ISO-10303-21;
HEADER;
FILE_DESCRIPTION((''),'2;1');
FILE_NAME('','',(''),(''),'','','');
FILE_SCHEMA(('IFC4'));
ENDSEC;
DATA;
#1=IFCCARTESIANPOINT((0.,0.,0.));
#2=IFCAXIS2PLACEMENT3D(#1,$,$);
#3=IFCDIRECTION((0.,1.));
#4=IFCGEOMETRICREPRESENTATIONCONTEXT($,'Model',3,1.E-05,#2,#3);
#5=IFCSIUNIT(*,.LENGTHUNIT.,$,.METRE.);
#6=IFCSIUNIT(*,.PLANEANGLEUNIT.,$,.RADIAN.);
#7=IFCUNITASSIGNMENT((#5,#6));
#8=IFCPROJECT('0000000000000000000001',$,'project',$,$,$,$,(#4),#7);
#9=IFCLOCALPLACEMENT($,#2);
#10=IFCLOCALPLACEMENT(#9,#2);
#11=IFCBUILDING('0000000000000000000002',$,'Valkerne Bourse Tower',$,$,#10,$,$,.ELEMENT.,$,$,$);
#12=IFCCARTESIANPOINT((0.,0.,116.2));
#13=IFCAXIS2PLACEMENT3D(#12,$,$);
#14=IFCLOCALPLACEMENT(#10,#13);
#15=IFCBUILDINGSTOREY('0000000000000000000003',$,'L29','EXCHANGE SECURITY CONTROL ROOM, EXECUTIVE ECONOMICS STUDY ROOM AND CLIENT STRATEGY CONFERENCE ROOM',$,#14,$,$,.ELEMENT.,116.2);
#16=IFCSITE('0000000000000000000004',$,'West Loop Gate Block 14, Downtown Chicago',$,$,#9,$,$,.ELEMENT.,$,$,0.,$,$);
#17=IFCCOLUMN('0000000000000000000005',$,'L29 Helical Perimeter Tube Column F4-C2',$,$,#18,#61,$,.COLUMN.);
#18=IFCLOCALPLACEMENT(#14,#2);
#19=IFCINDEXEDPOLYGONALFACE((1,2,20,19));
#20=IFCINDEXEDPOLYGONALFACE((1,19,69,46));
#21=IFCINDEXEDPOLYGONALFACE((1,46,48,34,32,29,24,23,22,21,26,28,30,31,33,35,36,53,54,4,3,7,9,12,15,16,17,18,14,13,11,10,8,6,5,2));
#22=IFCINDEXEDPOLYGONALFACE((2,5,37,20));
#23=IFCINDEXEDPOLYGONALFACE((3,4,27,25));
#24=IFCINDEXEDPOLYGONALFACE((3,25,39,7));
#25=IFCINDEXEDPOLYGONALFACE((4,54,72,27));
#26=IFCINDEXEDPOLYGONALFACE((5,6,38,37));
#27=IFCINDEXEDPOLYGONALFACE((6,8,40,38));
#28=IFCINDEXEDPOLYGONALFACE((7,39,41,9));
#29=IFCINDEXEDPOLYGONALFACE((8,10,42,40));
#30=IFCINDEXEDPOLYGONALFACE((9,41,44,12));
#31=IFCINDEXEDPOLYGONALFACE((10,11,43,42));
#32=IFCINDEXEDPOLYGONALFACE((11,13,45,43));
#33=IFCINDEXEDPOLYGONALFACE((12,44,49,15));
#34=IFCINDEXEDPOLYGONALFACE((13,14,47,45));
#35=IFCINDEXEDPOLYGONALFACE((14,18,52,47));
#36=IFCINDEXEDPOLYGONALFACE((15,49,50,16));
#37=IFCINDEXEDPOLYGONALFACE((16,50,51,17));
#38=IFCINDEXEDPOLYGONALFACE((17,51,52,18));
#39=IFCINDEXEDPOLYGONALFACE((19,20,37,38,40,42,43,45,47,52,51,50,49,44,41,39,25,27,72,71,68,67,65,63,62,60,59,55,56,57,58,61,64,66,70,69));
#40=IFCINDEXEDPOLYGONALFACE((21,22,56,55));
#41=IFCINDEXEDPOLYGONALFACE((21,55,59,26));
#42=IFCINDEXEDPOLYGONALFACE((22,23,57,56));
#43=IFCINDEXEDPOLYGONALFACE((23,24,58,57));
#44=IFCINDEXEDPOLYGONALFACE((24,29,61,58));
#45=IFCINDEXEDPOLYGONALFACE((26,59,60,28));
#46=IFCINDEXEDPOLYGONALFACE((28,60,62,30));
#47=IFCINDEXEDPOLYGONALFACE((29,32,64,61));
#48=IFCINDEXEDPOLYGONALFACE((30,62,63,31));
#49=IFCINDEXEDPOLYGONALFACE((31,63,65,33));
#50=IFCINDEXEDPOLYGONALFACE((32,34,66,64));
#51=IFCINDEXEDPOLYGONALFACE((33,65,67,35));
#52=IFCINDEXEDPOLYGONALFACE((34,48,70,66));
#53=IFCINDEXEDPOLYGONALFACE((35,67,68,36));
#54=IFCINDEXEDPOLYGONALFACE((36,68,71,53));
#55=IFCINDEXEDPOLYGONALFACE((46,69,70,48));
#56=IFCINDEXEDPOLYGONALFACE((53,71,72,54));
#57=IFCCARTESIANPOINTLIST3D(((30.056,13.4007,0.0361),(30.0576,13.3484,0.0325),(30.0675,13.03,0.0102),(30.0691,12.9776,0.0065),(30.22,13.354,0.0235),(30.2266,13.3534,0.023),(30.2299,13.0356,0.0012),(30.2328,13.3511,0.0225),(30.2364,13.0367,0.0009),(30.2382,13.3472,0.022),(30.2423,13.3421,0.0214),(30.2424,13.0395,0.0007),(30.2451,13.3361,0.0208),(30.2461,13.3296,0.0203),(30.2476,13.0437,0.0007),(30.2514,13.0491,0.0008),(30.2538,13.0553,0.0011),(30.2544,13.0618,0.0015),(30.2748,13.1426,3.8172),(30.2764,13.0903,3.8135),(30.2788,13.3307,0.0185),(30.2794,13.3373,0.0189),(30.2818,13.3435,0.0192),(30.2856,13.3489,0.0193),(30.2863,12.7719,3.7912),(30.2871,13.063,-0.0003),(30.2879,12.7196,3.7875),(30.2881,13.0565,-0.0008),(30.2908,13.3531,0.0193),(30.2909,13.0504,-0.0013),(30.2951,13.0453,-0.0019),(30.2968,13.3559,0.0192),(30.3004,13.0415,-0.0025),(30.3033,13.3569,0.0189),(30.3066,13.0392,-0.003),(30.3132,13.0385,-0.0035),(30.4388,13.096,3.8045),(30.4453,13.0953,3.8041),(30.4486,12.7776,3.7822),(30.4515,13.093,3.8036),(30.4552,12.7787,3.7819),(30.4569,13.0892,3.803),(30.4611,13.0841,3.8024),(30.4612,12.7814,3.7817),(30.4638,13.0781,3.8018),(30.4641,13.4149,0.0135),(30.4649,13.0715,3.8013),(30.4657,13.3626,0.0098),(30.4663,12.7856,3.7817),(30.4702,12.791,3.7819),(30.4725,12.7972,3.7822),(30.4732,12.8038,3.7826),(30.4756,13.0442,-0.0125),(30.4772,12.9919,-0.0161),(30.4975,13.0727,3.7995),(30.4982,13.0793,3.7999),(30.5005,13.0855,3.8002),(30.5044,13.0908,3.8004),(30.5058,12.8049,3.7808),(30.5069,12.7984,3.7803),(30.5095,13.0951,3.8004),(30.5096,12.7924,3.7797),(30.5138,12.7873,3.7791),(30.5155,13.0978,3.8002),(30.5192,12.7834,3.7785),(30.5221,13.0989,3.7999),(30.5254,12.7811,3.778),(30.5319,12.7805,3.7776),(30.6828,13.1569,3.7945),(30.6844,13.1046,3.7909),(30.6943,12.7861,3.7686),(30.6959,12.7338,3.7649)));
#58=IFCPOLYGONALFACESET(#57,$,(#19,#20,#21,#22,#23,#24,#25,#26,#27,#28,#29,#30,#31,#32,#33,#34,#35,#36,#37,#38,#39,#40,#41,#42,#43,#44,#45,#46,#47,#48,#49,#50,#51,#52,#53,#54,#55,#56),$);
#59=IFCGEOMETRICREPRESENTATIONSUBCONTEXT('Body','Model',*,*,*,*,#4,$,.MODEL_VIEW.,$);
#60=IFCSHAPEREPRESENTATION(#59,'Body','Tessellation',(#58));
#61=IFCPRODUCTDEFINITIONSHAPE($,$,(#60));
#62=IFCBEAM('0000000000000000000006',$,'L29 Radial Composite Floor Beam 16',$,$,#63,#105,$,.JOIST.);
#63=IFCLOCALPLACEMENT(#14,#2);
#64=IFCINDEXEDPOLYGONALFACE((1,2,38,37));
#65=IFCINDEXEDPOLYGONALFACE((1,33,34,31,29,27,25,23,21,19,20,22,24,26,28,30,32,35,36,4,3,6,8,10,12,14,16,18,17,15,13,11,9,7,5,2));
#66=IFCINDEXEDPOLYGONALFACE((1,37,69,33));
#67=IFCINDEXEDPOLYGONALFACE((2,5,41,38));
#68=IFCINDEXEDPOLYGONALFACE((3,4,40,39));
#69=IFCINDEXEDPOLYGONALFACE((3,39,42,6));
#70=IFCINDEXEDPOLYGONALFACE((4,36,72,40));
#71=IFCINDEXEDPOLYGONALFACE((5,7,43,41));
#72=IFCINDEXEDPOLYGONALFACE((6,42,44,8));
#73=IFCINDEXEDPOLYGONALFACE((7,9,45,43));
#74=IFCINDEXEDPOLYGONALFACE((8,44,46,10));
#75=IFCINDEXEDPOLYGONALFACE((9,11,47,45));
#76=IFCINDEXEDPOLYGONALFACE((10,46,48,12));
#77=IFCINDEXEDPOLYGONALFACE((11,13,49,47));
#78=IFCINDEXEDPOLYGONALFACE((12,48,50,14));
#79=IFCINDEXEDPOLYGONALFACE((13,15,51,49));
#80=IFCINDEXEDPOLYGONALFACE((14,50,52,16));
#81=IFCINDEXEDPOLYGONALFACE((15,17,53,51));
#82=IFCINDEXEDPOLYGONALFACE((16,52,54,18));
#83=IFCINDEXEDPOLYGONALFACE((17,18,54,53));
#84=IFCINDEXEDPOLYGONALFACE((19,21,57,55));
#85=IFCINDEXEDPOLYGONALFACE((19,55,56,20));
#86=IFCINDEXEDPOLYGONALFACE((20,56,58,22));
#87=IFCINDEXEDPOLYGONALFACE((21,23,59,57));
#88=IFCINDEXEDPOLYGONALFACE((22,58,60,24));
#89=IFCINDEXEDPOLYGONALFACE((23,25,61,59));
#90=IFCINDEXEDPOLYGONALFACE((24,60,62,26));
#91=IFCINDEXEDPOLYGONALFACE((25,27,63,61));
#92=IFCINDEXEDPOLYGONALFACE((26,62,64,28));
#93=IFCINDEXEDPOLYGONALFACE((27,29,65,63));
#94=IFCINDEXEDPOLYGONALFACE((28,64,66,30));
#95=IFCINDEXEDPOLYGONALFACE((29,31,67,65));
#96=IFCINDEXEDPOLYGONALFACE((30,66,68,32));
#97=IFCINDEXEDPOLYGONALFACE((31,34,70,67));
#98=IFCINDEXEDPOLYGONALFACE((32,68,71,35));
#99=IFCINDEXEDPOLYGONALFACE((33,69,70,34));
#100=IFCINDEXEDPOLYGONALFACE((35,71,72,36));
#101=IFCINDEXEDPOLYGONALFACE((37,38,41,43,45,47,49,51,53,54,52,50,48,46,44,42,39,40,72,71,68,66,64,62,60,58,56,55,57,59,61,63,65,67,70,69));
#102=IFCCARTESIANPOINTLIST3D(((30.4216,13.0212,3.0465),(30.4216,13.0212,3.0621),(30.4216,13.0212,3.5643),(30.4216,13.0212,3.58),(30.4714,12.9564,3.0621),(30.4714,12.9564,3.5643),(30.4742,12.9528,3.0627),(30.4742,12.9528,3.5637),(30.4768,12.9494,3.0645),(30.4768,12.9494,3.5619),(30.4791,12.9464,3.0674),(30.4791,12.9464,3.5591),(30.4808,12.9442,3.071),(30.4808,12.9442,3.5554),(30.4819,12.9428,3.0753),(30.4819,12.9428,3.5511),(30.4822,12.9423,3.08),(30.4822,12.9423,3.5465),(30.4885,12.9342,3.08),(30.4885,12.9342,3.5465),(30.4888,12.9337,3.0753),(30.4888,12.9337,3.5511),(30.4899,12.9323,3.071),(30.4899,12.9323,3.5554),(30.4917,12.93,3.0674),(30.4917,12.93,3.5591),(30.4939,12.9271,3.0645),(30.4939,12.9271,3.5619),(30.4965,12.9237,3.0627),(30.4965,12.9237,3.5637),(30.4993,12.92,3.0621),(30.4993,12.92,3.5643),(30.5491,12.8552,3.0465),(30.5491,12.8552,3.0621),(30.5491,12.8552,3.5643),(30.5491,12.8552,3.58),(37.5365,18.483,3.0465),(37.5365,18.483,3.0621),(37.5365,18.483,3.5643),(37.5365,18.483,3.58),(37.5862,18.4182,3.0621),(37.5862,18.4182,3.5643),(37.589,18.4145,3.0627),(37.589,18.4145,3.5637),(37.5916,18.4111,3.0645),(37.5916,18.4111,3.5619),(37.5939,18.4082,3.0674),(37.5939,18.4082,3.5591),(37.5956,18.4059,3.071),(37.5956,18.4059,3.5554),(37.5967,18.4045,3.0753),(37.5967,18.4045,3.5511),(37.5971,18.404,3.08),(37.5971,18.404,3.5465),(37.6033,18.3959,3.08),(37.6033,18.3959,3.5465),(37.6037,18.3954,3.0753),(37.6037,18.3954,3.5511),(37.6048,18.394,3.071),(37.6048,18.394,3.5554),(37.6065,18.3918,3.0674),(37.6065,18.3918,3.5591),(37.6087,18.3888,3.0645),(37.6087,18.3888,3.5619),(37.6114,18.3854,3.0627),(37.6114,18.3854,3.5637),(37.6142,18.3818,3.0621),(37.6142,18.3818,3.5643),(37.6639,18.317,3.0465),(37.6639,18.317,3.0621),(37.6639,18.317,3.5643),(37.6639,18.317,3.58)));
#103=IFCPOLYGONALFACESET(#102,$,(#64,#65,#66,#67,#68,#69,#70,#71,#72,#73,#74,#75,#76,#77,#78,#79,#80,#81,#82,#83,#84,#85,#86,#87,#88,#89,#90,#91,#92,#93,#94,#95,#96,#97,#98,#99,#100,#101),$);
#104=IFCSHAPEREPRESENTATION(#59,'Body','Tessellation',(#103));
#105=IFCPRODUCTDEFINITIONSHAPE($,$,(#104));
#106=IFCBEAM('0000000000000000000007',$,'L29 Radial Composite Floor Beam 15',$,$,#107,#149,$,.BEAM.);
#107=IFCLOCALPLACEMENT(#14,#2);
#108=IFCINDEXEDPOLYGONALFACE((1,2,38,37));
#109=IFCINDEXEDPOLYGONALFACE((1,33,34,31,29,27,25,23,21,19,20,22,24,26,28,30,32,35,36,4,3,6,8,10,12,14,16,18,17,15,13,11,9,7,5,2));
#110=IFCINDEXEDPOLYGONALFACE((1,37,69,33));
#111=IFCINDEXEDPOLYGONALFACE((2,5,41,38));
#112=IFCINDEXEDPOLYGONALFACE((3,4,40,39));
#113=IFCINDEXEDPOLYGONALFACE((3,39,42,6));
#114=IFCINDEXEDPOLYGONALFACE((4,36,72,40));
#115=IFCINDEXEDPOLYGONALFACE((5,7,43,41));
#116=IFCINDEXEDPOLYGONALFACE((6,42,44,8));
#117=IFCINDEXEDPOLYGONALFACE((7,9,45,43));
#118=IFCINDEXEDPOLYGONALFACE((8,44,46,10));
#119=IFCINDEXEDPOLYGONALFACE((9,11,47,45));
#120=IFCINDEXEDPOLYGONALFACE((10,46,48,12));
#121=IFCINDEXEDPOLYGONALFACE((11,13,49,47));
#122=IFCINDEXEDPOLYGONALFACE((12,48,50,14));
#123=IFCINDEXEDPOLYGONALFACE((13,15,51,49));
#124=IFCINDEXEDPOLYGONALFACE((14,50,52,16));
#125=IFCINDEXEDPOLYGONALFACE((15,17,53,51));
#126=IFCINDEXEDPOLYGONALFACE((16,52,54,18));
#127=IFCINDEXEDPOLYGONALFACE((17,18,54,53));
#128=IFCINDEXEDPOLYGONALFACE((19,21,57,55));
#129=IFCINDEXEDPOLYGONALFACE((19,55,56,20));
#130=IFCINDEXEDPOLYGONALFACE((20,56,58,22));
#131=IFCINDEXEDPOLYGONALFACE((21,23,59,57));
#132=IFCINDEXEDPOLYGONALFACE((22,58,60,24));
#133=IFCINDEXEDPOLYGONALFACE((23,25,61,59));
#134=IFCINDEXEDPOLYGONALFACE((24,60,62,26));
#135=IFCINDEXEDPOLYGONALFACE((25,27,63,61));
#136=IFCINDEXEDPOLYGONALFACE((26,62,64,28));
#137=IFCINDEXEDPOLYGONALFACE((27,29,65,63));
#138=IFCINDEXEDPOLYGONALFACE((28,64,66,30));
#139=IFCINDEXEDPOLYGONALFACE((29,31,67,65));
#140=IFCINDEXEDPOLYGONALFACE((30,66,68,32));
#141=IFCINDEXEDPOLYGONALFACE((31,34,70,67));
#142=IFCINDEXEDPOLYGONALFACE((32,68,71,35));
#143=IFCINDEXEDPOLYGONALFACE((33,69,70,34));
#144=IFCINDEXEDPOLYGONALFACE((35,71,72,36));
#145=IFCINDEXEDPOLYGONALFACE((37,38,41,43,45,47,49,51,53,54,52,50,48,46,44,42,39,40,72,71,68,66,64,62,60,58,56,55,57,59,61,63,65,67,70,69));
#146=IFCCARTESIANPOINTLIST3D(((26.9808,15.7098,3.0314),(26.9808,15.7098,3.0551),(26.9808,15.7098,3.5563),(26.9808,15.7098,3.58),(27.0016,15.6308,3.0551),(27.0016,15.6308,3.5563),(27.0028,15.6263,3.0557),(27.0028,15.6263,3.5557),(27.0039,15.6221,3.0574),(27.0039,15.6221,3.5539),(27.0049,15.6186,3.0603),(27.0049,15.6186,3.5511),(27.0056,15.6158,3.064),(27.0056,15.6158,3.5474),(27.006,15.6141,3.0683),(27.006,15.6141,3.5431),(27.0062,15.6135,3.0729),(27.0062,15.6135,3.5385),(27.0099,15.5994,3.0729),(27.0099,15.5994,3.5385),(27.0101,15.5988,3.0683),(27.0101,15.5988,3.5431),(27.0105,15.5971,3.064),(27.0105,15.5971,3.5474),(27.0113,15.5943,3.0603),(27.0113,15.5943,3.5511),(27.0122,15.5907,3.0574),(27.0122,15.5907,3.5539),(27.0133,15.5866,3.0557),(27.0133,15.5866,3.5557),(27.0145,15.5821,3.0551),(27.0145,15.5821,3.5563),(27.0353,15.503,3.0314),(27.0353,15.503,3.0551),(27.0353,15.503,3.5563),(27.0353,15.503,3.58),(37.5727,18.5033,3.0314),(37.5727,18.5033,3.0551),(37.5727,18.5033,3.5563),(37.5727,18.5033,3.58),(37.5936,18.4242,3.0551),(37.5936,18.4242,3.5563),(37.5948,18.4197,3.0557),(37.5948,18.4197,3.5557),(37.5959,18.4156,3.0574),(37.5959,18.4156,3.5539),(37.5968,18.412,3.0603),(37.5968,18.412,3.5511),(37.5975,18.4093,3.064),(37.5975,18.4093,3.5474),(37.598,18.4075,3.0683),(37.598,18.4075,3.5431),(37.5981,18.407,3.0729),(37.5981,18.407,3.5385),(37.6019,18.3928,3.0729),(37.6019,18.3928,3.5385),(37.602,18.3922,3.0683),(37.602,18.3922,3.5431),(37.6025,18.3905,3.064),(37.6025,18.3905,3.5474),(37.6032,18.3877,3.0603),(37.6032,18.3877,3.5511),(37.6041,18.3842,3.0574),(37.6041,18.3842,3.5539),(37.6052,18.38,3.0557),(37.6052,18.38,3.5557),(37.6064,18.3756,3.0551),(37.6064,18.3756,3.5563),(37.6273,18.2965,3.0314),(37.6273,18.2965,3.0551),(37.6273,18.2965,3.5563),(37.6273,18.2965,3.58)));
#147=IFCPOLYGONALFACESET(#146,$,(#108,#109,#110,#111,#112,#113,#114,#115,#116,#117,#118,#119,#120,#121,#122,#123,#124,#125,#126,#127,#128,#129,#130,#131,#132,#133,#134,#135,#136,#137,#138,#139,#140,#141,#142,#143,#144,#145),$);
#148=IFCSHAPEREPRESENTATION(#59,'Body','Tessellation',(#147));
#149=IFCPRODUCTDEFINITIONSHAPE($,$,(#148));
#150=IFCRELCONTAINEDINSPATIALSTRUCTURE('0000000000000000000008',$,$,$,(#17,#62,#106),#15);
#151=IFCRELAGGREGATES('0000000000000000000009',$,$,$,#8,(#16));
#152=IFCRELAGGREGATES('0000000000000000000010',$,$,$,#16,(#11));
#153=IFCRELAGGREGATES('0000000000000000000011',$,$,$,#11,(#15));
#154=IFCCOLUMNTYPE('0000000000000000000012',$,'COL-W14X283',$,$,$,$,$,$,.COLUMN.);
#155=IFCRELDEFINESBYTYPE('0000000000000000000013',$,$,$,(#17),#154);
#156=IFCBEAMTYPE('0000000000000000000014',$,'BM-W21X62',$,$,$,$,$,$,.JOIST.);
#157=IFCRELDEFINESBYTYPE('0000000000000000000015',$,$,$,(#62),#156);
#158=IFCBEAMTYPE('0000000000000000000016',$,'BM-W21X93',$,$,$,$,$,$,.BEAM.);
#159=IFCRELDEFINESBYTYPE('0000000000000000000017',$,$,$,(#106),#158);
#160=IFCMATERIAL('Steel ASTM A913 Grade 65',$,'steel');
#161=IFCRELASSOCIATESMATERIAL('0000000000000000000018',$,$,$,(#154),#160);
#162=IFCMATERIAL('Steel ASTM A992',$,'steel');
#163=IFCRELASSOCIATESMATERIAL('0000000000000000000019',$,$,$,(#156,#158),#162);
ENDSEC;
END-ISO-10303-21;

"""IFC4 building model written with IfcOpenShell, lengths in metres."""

from ifc_helpers import new_model, si_unit, direction, frame, origin, origin_2d, place, context, subcontext, project, spatial, i_section, extrude, material, material_profile, profile_set, type_object, element, save


model = new_model("IFC4")

# Units and contexts
model_context = context("Model", 3, precision=1e-05, world=origin(), true_north=direction((0.0, 1.0)))
body_context = subcontext(model_context, "Body", "Model", "MODEL_VIEW")
ifc_project = project(units=[si_unit("LENGTHUNIT", "METRE"), si_unit("PLANEANGLEUNIT", "RADIAN")], contexts=[model_context])

# Site, building, storey
site_placement = place(None, origin())
site = spatial("IfcSite", under=ifc_project, at=site_placement, Name="West Loop Gate Block 14, Downtown Chicago", CompositionType="ELEMENT", RefElevation=0.0)
building_placement = place(site_placement, origin())
building = spatial("IfcBuilding", under=site, at=building_placement, Name="Valkerne Bourse Tower", CompositionType="ELEMENT")
storey_placement = place(building_placement, frame((0.0, 0.0, 116.2)))
storey = spatial("IfcBuildingStorey", under=building, at=storey_placement, Name="L29", Description="EXCHANGE SECURITY CONTROL ROOM, EXECUTIVE ECONOMICS STUDY ROOM AND CLIENT STRATEGY CONFERENCE ROOM", CompositionType="ELEMENT", Elevation=116.2)

# Column
ifc_material_1 = material(Name="Steel ASTM A913 Grade 65", Category="steel")
ifc_material_profile_1 = material_profile(ifc_material_1, i_section(OverallWidth=0.4089, OverallDepth=0.4243, WebThickness=0.0327, FlangeThickness=0.0525, FilletRadius=0.0254, at=origin_2d()), Name="W14X283")
ifc_profile_set_1 = profile_set([ifc_material_profile_1], Name="Steel ASTM A913 Grade 65")
column_type = type_object("IfcColumnType", Name="COL-W14X283", PredefinedType="COLUMN", material=ifc_profile_set_1)
column_placement = place(storey_placement, frame((30.2666, 13.1963, 0.01), z_axis=(0.057625, -0.067979, 0.996021), x_axis=(0.997859, 0.03482, -0.055355)))
element("IfcColumn", 1, at=column_placement, inside=storey, type_object=column_type, Name="L29 Helical Perimeter Tube Column F4-C2", PredefinedType="COLUMN", context=body_context, shape_type="SweptSolid", body=[
    extrude(i_section(OverallWidth=0.4089, OverallDepth=0.4243, WebThickness=0.0327, FlangeThickness=0.0525, FilletRadius=0.0254, at=origin_2d()), origin(), (0.0, 0.0, 1.0), 3.7961),
])

# Beams
ifc_material_2 = material(Name="Steel ASTM A992", Category="steel")
ifc_material_profile_2 = material_profile(ifc_material_2, i_section(OverallWidth=0.2092, OverallDepth=0.5334, WebThickness=0.0103, FlangeThickness=0.0156, FilletRadius=0.0178, at=origin_2d()), Name="W21X62")
ifc_profile_set_2 = profile_set([ifc_material_profile_2], Name="Steel ASTM A992")
beam_type_1 = type_object("IfcBeamType", Name="BM-W21X62", PredefinedType="JOIST", material=ifc_profile_set_2)
beam_1_placement = place(storey_placement, frame((30.4854, 12.9382, 3.3132), z_axis=(0.793228, 0.608925, 0.0), x_axis=(-0.608925, 0.793228, 0.0)))
element("IfcBeam", 2, at=beam_1_placement, inside=storey, type_object=beam_type_1, Name="L29 Radial Composite Floor Beam 16", PredefinedType="JOIST", context=body_context, shape_type="SweptSolid", body=[
    extrude(i_section(OverallWidth=0.2092, OverallDepth=0.5334, WebThickness=0.0103, FlangeThickness=0.0156, FilletRadius=0.0178, at=origin_2d()), origin(), (0.0, 0.0, 1.0), 8.9695),
])
ifc_material_profile_3 = material_profile(ifc_material_2, i_section(OverallWidth=0.2139, OverallDepth=0.5486, WebThickness=0.0146, FlangeThickness=0.0237, FilletRadius=0.0178, at=origin_2d()), Name="W21X93")
ifc_profile_set_3 = profile_set([ifc_material_profile_3], Name="Steel ASTM A992")
beam_type_2 = type_object("IfcBeamType", Name="BM-W21X93", PredefinedType="BEAM", material=ifc_profile_set_3)
beam_2_placement = place(storey_placement, frame((27.0081, 15.6064, 3.3057), z_axis=(0.966938, 0.255012, 0.0), x_axis=(-0.255012, 0.966938, 0.0)))
element("IfcBeam", 3, at=beam_2_placement, inside=storey, type_object=beam_type_2, Name="L29 Radial Composite Floor Beam 15", PredefinedType="BEAM", context=body_context, shape_type="SweptSolid", body=[
    extrude(i_section(OverallWidth=0.2139, OverallDepth=0.5486, WebThickness=0.0146, FlangeThickness=0.0237, FilletRadius=0.0178, at=origin_2d()), origin(), (0.0, 0.0, 1.0), 10.9541),
])

save(model, "model.ifc")
